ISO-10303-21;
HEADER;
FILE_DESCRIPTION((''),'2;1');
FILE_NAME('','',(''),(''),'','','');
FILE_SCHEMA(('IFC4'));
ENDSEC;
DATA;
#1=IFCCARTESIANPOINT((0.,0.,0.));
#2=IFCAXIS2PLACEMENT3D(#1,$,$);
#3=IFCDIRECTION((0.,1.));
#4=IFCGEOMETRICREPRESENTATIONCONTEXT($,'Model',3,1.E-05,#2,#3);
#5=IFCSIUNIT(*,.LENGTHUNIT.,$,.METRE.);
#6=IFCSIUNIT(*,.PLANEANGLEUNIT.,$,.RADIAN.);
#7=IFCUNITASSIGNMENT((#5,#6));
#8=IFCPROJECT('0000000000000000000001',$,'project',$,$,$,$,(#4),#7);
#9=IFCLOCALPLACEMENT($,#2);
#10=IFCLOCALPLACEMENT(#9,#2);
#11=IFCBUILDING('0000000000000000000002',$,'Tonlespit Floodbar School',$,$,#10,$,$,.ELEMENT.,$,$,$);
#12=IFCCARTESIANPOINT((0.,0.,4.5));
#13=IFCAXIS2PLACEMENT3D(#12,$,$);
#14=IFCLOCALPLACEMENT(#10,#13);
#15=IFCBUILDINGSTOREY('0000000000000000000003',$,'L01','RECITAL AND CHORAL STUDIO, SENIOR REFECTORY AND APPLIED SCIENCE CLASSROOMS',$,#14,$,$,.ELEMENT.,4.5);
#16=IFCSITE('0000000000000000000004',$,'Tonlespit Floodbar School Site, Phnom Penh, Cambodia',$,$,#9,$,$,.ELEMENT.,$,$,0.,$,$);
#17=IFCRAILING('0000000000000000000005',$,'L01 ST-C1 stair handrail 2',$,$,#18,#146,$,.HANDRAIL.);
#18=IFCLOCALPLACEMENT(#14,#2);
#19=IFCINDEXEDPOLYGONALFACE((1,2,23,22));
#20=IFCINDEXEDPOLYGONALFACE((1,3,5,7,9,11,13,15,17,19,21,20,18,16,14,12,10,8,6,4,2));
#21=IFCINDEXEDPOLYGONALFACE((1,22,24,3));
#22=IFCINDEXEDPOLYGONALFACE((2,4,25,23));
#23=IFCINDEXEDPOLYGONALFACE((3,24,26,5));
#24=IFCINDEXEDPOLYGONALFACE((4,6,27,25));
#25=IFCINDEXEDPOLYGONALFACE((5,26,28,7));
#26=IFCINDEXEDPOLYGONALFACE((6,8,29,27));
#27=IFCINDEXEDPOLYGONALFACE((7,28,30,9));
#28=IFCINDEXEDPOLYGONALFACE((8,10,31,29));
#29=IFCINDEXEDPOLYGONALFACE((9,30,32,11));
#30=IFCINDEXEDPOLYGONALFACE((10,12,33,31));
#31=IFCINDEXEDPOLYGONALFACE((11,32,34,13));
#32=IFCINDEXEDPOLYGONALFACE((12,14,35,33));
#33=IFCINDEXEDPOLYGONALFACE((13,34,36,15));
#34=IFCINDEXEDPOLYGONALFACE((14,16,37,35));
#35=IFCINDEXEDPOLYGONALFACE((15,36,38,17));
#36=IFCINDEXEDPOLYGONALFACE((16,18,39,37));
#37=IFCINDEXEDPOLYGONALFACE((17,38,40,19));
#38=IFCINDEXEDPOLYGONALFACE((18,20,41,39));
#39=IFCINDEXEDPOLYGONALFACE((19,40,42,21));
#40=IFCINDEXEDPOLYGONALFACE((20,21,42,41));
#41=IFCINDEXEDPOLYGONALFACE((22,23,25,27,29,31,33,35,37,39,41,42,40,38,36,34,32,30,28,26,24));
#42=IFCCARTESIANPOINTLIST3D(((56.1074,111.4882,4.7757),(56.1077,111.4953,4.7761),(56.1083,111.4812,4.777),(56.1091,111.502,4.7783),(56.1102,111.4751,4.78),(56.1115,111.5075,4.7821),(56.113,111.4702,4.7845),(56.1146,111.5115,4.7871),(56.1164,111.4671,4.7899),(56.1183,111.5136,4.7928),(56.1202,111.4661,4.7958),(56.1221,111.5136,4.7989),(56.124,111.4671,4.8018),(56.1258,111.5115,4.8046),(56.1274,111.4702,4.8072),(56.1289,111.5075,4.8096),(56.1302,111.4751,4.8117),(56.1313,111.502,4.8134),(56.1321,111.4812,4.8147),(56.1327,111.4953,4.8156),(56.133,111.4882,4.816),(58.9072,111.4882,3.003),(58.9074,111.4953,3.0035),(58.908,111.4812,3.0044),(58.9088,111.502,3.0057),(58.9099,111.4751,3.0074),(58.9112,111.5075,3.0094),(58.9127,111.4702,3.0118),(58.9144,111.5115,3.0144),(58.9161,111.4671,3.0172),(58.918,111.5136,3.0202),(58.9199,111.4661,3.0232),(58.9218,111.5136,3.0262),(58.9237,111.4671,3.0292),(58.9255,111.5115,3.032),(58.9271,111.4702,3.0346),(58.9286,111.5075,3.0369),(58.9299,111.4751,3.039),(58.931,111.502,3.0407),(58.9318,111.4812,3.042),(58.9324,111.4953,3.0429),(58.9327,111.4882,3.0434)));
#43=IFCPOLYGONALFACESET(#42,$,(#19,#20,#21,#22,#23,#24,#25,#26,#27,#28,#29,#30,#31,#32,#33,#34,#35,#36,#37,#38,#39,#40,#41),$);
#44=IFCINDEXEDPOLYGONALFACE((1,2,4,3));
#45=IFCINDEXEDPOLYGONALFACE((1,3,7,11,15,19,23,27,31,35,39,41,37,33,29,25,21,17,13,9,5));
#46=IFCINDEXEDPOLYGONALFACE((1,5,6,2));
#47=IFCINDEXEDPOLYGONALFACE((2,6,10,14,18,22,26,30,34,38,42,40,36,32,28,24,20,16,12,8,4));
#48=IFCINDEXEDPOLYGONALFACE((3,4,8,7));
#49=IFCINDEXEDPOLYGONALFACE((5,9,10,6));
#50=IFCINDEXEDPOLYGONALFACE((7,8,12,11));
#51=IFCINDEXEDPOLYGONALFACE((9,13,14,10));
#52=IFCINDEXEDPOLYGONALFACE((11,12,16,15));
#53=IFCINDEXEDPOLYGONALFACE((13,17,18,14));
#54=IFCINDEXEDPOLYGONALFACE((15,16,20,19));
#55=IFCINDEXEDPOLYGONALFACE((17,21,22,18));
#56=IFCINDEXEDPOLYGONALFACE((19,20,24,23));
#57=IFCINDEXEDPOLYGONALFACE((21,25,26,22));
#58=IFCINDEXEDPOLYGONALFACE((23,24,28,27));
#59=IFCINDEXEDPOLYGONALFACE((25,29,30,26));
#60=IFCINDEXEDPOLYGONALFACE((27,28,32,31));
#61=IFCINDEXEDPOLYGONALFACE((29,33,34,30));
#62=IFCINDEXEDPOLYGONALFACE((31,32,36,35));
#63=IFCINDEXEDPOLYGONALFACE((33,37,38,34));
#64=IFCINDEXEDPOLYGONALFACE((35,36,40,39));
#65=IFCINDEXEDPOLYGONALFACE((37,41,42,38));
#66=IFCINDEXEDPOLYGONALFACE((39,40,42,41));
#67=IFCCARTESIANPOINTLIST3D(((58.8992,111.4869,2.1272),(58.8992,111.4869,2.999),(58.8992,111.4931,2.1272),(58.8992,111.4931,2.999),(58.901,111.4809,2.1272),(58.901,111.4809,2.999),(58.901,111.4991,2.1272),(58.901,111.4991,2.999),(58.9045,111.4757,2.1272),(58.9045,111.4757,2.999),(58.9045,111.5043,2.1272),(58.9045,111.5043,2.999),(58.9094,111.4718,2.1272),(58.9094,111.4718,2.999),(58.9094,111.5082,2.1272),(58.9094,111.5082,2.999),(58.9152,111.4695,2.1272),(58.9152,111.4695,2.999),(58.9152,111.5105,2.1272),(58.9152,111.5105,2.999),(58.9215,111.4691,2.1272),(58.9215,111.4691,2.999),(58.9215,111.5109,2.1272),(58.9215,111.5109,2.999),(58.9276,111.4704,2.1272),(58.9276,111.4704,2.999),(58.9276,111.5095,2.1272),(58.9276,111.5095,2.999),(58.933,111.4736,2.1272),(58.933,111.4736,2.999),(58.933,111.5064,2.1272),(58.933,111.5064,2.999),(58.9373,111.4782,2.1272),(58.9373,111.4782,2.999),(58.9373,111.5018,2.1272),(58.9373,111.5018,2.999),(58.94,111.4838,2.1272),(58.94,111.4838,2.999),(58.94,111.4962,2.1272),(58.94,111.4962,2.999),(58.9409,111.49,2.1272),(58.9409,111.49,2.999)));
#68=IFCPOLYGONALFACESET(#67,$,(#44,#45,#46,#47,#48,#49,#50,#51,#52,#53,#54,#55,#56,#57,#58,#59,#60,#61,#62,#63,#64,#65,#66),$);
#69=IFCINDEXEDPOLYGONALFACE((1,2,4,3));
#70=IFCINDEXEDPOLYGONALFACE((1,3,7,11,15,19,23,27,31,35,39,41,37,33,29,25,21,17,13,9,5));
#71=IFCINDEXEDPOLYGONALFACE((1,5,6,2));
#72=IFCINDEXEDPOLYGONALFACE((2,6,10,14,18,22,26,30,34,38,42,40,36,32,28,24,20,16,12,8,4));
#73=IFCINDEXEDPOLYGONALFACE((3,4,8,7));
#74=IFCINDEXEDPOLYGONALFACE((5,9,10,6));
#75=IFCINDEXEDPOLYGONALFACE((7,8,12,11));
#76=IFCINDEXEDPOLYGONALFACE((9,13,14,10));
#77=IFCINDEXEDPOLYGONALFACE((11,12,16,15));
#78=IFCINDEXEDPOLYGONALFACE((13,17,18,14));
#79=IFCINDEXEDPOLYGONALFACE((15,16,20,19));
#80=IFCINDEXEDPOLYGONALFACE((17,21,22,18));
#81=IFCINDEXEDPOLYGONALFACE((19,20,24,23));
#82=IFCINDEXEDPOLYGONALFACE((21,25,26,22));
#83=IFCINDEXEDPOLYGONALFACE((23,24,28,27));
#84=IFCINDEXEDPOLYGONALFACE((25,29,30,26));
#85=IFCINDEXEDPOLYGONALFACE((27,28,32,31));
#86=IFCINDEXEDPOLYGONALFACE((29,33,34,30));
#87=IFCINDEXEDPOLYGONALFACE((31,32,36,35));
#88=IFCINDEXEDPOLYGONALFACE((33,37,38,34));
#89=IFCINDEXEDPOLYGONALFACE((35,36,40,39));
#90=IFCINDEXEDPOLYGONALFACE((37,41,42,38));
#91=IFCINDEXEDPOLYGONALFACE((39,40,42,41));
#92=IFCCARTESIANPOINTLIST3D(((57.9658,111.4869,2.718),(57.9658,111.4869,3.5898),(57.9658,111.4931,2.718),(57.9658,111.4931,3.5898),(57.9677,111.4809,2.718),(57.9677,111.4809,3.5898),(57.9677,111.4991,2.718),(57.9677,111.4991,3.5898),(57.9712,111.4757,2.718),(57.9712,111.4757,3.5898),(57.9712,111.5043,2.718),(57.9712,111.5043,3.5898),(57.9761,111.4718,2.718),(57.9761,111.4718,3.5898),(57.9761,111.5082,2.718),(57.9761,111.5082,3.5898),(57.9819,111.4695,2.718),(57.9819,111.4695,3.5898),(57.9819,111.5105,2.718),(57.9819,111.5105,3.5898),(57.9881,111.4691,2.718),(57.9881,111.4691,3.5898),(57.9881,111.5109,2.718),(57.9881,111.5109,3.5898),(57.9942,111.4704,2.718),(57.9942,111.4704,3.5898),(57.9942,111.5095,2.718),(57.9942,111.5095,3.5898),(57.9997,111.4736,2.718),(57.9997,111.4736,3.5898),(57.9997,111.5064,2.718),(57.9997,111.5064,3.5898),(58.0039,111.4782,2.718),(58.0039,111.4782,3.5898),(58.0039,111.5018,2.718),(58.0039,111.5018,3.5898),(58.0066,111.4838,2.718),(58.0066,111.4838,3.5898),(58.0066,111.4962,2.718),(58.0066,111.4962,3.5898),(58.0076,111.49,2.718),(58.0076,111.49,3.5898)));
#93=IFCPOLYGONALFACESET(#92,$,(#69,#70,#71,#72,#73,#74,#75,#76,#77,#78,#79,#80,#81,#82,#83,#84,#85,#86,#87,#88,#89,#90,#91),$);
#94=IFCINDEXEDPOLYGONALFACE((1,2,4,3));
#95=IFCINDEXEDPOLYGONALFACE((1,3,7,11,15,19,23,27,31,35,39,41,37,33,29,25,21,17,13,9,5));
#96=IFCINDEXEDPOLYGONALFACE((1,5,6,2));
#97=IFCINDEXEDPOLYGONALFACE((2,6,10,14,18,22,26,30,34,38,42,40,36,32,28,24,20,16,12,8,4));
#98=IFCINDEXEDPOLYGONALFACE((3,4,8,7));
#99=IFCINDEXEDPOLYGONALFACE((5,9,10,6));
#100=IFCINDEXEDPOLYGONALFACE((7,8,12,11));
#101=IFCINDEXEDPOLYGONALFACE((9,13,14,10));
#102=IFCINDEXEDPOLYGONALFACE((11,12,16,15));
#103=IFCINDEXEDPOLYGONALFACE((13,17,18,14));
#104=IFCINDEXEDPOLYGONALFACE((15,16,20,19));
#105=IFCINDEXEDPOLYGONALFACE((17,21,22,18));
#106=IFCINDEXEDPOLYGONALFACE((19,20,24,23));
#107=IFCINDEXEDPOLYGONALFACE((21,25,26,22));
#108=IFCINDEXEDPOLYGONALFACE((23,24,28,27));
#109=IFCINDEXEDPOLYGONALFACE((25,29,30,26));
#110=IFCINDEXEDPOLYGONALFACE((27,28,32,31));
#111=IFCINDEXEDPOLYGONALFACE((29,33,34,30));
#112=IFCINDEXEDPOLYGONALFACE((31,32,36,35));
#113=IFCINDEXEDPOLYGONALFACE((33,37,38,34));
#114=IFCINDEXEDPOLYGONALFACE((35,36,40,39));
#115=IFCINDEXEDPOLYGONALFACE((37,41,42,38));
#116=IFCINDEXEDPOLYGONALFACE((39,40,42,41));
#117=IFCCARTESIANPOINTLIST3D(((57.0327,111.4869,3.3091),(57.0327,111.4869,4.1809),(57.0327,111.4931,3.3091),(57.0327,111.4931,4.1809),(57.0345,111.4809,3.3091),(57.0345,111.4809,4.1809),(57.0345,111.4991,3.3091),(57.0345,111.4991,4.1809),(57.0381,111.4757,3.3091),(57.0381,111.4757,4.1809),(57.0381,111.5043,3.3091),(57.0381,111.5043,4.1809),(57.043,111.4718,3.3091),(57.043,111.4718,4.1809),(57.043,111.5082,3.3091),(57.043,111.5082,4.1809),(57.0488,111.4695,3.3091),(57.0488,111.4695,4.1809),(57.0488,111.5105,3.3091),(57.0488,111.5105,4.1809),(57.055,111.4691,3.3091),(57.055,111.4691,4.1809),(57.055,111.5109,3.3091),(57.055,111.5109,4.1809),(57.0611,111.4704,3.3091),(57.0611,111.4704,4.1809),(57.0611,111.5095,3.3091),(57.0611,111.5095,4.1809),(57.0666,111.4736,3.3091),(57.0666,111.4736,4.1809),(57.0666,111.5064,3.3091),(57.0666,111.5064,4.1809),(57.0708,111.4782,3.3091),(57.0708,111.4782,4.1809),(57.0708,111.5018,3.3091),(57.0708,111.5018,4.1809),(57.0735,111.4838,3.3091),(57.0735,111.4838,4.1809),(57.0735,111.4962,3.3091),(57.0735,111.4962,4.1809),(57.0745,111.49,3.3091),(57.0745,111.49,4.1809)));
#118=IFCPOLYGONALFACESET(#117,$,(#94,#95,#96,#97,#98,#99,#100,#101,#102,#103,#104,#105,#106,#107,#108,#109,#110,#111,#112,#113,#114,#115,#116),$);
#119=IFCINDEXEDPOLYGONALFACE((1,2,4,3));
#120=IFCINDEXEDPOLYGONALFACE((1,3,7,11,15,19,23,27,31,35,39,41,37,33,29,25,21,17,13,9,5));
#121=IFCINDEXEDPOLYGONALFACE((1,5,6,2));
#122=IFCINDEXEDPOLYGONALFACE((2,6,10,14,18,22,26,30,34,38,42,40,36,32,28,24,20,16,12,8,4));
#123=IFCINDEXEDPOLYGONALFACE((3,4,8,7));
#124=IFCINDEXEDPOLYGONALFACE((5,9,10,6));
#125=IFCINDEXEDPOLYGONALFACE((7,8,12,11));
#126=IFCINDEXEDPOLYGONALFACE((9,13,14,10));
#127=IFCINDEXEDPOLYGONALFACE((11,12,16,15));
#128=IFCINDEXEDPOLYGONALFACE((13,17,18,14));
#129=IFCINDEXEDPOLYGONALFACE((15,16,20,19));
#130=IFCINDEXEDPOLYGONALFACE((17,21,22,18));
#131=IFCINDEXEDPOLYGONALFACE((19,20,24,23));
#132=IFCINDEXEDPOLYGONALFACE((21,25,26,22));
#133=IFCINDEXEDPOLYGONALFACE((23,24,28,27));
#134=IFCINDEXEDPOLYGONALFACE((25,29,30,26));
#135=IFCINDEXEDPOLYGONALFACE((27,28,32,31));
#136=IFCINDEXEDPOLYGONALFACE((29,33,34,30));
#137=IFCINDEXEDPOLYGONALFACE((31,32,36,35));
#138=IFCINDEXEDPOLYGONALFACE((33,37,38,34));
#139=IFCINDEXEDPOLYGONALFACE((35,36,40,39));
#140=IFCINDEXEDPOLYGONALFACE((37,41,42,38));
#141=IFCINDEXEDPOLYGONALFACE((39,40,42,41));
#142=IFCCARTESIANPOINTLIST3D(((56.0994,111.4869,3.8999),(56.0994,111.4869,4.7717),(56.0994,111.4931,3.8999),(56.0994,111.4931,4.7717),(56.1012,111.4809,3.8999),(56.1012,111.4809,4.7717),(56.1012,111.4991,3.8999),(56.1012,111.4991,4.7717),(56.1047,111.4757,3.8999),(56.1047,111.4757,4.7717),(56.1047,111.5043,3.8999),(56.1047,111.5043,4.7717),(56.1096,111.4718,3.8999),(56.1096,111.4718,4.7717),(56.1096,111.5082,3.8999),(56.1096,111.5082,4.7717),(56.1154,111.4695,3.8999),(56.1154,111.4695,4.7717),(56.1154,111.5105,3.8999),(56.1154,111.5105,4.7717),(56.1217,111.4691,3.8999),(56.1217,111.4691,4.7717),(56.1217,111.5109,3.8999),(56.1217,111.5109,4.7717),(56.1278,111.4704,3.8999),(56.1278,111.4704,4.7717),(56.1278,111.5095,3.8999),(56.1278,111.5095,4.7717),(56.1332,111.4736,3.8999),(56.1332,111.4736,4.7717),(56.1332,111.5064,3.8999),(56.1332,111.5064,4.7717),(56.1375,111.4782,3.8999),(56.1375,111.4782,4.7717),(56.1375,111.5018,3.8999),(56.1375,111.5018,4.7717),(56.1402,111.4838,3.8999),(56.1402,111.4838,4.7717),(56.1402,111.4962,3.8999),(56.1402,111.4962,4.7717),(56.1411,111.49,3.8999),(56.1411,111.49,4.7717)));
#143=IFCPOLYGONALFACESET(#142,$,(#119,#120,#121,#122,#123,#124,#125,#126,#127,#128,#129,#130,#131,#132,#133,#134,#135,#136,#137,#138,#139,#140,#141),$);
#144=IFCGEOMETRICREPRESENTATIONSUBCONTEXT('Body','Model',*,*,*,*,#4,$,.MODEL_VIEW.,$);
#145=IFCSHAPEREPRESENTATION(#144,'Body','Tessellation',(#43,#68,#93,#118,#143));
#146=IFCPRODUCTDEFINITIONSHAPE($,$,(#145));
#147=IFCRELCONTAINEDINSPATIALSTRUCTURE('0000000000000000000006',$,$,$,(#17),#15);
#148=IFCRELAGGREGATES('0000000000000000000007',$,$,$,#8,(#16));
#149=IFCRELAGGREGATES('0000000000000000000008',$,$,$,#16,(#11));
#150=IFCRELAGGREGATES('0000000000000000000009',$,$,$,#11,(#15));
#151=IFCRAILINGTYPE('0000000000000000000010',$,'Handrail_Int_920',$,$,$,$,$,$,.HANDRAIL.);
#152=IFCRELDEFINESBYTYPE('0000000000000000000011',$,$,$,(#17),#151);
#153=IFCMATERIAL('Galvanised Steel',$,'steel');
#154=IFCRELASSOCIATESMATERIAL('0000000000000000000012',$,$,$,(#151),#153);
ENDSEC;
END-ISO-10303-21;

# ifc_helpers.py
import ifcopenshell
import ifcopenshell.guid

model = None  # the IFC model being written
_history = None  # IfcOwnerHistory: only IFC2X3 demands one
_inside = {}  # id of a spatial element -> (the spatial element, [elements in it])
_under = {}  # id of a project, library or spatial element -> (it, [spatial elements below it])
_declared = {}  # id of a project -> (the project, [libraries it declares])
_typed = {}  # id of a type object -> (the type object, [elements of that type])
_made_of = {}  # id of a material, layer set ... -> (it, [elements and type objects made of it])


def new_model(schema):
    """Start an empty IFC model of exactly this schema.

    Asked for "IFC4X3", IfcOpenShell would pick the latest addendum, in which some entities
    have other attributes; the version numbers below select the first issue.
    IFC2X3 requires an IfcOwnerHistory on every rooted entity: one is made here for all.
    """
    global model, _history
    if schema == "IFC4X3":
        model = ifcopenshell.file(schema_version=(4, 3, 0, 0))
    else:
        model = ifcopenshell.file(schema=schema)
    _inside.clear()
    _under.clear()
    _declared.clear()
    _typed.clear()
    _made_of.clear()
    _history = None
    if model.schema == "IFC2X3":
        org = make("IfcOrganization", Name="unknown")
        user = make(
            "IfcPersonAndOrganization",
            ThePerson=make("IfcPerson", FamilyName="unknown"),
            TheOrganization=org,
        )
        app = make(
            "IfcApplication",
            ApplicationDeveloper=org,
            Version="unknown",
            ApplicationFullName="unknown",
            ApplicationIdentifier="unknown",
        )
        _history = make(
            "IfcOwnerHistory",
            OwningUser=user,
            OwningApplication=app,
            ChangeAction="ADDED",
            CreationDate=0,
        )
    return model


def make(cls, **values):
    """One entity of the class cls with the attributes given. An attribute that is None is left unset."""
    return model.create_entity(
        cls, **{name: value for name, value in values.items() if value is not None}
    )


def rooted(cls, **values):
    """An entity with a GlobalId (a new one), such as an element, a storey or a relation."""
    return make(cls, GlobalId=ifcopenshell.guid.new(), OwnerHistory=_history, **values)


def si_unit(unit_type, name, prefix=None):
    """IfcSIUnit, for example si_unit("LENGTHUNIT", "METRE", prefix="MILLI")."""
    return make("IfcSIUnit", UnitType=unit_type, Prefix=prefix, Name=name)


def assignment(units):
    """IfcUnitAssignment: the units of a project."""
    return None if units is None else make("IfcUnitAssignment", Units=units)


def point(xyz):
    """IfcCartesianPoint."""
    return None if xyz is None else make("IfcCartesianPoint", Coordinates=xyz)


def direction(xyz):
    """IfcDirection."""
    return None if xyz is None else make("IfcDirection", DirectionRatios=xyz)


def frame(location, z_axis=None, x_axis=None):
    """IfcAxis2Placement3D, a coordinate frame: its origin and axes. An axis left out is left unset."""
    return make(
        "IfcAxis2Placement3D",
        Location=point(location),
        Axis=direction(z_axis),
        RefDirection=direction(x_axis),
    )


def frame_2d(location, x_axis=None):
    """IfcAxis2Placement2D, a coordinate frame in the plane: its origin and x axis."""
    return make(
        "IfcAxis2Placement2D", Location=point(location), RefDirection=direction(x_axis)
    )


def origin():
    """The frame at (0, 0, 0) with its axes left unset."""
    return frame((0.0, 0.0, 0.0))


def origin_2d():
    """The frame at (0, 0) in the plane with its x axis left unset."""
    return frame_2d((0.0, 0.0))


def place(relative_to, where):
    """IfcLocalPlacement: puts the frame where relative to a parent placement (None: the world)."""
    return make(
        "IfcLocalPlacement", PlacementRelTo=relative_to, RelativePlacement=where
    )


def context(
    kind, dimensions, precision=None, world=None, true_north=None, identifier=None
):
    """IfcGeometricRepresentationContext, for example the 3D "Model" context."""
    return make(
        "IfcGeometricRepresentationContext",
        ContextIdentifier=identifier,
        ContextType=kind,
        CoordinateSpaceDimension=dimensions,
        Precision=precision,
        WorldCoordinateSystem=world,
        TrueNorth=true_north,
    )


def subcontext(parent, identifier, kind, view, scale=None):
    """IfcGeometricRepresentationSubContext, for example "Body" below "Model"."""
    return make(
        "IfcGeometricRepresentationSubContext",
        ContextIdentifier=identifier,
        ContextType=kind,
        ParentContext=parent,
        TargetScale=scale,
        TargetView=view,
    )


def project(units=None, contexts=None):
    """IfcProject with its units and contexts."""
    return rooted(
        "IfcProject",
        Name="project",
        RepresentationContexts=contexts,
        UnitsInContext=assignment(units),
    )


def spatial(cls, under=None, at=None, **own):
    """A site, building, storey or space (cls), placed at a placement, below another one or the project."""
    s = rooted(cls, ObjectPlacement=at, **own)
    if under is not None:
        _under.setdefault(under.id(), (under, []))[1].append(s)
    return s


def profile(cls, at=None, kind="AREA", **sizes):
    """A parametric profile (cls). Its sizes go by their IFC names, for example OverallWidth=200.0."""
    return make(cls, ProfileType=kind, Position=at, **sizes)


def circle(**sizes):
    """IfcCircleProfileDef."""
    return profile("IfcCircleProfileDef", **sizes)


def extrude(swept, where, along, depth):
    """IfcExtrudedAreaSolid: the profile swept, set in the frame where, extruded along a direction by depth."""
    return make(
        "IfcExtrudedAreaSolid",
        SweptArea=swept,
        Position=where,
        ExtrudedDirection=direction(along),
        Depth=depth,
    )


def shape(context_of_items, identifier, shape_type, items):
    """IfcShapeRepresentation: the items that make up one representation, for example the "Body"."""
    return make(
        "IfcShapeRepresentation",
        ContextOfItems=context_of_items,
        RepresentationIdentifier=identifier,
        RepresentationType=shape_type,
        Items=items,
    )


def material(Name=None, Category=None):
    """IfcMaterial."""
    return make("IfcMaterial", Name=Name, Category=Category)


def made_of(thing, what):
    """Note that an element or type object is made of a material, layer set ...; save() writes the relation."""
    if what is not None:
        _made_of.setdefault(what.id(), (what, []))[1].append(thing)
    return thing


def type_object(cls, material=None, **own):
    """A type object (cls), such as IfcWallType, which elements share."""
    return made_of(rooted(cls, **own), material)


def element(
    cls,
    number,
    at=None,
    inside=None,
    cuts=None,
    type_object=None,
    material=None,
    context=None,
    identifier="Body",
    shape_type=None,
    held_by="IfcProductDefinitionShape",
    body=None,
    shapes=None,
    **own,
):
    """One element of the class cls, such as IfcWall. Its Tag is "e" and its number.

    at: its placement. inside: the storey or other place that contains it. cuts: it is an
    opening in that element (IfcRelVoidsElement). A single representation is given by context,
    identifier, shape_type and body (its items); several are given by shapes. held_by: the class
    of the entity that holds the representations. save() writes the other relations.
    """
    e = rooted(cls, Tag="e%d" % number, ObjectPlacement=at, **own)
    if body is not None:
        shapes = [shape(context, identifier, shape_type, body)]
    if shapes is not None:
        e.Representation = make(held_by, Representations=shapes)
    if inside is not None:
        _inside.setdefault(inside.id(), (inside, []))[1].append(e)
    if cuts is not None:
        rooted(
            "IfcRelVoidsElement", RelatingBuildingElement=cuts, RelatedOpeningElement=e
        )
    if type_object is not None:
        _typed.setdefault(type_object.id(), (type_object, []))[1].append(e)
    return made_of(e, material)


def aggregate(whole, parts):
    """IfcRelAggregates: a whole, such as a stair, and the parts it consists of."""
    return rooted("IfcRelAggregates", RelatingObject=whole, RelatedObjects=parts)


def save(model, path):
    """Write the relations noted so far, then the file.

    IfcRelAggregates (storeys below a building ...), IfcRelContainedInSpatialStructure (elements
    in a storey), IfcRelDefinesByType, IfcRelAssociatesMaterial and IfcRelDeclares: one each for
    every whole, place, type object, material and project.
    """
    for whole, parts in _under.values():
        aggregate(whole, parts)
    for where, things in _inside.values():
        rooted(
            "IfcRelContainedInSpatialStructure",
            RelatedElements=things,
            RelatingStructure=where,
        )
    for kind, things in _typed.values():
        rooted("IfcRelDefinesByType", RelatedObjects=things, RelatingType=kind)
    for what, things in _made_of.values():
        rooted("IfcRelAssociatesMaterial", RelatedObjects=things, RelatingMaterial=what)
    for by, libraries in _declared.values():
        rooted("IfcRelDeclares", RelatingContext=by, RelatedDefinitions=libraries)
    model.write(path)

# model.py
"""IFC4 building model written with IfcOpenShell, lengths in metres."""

from ifc_helpers import new_model, si_unit, direction, frame, origin, origin_2d, place, context, subcontext, project, spatial, circle, extrude, material, type_object, element, save


model = new_model("IFC4")

# Units and contexts
model_context = context("Model", 3, precision=1e-05, world=origin(), true_north=direction((0.0, 1.0)))
body_context = subcontext(model_context, "Body", "Model", "MODEL_VIEW")
ifc_project = project(units=[si_unit("LENGTHUNIT", "METRE"), si_unit("PLANEANGLEUNIT", "RADIAN")], contexts=[model_context])

# Site, building, storey
site_placement = place(None, origin())
site = spatial("IfcSite", under=ifc_project, at=site_placement, Name="Tonlespit Floodbar School Site, Phnom Penh, Cambodia", CompositionType="ELEMENT", RefElevation=0.0)
building_placement = place(site_placement, origin())
building = spatial("IfcBuilding", under=site, at=building_placement, Name="Tonlespit Floodbar School", CompositionType="ELEMENT")
storey_placement = place(building_placement, frame((0.0, 0.0, 4.5)))
storey = spatial("IfcBuildingStorey", under=building, at=storey_placement, Name="L01", Description="RECITAL AND CHORAL STUDIO, SENIOR REFECTORY AND APPLIED SCIENCE CLASSROOMS", CompositionType="ELEMENT", Elevation=4.5)

# Shared definitions
ifc_material_1 = material(Name="Galvanised Steel", Category="steel")

# Railing
railing_type_1 = type_object("IfcRailingType", Name="Handrail_Int_920", PredefinedType="HANDRAIL", material=ifc_material_1)
railing_1_placement = place(storey_placement, frame((58.9199, 111.49, 2.1272)))
element("IfcRailing", 1, at=railing_1_placement, inside=storey, type_object=railing_type_1, Name="L01 ST-C1 stair handrail 2", PredefinedType="HANDRAIL", context=body_context, shape_type="SweptSolid", body=[
    extrude(circle(Radius=0.0239, at=origin_2d()), frame((0.0, 0.0, 0.896), z_axis=(-0.844888, 0.0, 0.534943), x_axis=(0.0, -1.0, 0.0)), (0.0, 0.0, 1.0), 3.3137),
    extrude(circle(Radius=0.021, at=origin_2d()), origin(), (0.0, 0.0, 1.0), 0.8718),
    extrude(circle(Radius=0.021, at=origin_2d()), frame((-0.9333, 0.0, 0.5908)), (0.0, 0.0, 1.0), 0.8718),
    extrude(circle(Radius=0.021, at=origin_2d()), frame((-1.8665, 0.0, 1.1819)), (0.0, 0.0, 1.0), 0.8718),
    extrude(circle(Radius=0.021, at=origin_2d()), frame((-2.7998, 0.0, 1.7727)), (0.0, 0.0, 1.0), 0.8718),
])

save(model, "model.ifc")
